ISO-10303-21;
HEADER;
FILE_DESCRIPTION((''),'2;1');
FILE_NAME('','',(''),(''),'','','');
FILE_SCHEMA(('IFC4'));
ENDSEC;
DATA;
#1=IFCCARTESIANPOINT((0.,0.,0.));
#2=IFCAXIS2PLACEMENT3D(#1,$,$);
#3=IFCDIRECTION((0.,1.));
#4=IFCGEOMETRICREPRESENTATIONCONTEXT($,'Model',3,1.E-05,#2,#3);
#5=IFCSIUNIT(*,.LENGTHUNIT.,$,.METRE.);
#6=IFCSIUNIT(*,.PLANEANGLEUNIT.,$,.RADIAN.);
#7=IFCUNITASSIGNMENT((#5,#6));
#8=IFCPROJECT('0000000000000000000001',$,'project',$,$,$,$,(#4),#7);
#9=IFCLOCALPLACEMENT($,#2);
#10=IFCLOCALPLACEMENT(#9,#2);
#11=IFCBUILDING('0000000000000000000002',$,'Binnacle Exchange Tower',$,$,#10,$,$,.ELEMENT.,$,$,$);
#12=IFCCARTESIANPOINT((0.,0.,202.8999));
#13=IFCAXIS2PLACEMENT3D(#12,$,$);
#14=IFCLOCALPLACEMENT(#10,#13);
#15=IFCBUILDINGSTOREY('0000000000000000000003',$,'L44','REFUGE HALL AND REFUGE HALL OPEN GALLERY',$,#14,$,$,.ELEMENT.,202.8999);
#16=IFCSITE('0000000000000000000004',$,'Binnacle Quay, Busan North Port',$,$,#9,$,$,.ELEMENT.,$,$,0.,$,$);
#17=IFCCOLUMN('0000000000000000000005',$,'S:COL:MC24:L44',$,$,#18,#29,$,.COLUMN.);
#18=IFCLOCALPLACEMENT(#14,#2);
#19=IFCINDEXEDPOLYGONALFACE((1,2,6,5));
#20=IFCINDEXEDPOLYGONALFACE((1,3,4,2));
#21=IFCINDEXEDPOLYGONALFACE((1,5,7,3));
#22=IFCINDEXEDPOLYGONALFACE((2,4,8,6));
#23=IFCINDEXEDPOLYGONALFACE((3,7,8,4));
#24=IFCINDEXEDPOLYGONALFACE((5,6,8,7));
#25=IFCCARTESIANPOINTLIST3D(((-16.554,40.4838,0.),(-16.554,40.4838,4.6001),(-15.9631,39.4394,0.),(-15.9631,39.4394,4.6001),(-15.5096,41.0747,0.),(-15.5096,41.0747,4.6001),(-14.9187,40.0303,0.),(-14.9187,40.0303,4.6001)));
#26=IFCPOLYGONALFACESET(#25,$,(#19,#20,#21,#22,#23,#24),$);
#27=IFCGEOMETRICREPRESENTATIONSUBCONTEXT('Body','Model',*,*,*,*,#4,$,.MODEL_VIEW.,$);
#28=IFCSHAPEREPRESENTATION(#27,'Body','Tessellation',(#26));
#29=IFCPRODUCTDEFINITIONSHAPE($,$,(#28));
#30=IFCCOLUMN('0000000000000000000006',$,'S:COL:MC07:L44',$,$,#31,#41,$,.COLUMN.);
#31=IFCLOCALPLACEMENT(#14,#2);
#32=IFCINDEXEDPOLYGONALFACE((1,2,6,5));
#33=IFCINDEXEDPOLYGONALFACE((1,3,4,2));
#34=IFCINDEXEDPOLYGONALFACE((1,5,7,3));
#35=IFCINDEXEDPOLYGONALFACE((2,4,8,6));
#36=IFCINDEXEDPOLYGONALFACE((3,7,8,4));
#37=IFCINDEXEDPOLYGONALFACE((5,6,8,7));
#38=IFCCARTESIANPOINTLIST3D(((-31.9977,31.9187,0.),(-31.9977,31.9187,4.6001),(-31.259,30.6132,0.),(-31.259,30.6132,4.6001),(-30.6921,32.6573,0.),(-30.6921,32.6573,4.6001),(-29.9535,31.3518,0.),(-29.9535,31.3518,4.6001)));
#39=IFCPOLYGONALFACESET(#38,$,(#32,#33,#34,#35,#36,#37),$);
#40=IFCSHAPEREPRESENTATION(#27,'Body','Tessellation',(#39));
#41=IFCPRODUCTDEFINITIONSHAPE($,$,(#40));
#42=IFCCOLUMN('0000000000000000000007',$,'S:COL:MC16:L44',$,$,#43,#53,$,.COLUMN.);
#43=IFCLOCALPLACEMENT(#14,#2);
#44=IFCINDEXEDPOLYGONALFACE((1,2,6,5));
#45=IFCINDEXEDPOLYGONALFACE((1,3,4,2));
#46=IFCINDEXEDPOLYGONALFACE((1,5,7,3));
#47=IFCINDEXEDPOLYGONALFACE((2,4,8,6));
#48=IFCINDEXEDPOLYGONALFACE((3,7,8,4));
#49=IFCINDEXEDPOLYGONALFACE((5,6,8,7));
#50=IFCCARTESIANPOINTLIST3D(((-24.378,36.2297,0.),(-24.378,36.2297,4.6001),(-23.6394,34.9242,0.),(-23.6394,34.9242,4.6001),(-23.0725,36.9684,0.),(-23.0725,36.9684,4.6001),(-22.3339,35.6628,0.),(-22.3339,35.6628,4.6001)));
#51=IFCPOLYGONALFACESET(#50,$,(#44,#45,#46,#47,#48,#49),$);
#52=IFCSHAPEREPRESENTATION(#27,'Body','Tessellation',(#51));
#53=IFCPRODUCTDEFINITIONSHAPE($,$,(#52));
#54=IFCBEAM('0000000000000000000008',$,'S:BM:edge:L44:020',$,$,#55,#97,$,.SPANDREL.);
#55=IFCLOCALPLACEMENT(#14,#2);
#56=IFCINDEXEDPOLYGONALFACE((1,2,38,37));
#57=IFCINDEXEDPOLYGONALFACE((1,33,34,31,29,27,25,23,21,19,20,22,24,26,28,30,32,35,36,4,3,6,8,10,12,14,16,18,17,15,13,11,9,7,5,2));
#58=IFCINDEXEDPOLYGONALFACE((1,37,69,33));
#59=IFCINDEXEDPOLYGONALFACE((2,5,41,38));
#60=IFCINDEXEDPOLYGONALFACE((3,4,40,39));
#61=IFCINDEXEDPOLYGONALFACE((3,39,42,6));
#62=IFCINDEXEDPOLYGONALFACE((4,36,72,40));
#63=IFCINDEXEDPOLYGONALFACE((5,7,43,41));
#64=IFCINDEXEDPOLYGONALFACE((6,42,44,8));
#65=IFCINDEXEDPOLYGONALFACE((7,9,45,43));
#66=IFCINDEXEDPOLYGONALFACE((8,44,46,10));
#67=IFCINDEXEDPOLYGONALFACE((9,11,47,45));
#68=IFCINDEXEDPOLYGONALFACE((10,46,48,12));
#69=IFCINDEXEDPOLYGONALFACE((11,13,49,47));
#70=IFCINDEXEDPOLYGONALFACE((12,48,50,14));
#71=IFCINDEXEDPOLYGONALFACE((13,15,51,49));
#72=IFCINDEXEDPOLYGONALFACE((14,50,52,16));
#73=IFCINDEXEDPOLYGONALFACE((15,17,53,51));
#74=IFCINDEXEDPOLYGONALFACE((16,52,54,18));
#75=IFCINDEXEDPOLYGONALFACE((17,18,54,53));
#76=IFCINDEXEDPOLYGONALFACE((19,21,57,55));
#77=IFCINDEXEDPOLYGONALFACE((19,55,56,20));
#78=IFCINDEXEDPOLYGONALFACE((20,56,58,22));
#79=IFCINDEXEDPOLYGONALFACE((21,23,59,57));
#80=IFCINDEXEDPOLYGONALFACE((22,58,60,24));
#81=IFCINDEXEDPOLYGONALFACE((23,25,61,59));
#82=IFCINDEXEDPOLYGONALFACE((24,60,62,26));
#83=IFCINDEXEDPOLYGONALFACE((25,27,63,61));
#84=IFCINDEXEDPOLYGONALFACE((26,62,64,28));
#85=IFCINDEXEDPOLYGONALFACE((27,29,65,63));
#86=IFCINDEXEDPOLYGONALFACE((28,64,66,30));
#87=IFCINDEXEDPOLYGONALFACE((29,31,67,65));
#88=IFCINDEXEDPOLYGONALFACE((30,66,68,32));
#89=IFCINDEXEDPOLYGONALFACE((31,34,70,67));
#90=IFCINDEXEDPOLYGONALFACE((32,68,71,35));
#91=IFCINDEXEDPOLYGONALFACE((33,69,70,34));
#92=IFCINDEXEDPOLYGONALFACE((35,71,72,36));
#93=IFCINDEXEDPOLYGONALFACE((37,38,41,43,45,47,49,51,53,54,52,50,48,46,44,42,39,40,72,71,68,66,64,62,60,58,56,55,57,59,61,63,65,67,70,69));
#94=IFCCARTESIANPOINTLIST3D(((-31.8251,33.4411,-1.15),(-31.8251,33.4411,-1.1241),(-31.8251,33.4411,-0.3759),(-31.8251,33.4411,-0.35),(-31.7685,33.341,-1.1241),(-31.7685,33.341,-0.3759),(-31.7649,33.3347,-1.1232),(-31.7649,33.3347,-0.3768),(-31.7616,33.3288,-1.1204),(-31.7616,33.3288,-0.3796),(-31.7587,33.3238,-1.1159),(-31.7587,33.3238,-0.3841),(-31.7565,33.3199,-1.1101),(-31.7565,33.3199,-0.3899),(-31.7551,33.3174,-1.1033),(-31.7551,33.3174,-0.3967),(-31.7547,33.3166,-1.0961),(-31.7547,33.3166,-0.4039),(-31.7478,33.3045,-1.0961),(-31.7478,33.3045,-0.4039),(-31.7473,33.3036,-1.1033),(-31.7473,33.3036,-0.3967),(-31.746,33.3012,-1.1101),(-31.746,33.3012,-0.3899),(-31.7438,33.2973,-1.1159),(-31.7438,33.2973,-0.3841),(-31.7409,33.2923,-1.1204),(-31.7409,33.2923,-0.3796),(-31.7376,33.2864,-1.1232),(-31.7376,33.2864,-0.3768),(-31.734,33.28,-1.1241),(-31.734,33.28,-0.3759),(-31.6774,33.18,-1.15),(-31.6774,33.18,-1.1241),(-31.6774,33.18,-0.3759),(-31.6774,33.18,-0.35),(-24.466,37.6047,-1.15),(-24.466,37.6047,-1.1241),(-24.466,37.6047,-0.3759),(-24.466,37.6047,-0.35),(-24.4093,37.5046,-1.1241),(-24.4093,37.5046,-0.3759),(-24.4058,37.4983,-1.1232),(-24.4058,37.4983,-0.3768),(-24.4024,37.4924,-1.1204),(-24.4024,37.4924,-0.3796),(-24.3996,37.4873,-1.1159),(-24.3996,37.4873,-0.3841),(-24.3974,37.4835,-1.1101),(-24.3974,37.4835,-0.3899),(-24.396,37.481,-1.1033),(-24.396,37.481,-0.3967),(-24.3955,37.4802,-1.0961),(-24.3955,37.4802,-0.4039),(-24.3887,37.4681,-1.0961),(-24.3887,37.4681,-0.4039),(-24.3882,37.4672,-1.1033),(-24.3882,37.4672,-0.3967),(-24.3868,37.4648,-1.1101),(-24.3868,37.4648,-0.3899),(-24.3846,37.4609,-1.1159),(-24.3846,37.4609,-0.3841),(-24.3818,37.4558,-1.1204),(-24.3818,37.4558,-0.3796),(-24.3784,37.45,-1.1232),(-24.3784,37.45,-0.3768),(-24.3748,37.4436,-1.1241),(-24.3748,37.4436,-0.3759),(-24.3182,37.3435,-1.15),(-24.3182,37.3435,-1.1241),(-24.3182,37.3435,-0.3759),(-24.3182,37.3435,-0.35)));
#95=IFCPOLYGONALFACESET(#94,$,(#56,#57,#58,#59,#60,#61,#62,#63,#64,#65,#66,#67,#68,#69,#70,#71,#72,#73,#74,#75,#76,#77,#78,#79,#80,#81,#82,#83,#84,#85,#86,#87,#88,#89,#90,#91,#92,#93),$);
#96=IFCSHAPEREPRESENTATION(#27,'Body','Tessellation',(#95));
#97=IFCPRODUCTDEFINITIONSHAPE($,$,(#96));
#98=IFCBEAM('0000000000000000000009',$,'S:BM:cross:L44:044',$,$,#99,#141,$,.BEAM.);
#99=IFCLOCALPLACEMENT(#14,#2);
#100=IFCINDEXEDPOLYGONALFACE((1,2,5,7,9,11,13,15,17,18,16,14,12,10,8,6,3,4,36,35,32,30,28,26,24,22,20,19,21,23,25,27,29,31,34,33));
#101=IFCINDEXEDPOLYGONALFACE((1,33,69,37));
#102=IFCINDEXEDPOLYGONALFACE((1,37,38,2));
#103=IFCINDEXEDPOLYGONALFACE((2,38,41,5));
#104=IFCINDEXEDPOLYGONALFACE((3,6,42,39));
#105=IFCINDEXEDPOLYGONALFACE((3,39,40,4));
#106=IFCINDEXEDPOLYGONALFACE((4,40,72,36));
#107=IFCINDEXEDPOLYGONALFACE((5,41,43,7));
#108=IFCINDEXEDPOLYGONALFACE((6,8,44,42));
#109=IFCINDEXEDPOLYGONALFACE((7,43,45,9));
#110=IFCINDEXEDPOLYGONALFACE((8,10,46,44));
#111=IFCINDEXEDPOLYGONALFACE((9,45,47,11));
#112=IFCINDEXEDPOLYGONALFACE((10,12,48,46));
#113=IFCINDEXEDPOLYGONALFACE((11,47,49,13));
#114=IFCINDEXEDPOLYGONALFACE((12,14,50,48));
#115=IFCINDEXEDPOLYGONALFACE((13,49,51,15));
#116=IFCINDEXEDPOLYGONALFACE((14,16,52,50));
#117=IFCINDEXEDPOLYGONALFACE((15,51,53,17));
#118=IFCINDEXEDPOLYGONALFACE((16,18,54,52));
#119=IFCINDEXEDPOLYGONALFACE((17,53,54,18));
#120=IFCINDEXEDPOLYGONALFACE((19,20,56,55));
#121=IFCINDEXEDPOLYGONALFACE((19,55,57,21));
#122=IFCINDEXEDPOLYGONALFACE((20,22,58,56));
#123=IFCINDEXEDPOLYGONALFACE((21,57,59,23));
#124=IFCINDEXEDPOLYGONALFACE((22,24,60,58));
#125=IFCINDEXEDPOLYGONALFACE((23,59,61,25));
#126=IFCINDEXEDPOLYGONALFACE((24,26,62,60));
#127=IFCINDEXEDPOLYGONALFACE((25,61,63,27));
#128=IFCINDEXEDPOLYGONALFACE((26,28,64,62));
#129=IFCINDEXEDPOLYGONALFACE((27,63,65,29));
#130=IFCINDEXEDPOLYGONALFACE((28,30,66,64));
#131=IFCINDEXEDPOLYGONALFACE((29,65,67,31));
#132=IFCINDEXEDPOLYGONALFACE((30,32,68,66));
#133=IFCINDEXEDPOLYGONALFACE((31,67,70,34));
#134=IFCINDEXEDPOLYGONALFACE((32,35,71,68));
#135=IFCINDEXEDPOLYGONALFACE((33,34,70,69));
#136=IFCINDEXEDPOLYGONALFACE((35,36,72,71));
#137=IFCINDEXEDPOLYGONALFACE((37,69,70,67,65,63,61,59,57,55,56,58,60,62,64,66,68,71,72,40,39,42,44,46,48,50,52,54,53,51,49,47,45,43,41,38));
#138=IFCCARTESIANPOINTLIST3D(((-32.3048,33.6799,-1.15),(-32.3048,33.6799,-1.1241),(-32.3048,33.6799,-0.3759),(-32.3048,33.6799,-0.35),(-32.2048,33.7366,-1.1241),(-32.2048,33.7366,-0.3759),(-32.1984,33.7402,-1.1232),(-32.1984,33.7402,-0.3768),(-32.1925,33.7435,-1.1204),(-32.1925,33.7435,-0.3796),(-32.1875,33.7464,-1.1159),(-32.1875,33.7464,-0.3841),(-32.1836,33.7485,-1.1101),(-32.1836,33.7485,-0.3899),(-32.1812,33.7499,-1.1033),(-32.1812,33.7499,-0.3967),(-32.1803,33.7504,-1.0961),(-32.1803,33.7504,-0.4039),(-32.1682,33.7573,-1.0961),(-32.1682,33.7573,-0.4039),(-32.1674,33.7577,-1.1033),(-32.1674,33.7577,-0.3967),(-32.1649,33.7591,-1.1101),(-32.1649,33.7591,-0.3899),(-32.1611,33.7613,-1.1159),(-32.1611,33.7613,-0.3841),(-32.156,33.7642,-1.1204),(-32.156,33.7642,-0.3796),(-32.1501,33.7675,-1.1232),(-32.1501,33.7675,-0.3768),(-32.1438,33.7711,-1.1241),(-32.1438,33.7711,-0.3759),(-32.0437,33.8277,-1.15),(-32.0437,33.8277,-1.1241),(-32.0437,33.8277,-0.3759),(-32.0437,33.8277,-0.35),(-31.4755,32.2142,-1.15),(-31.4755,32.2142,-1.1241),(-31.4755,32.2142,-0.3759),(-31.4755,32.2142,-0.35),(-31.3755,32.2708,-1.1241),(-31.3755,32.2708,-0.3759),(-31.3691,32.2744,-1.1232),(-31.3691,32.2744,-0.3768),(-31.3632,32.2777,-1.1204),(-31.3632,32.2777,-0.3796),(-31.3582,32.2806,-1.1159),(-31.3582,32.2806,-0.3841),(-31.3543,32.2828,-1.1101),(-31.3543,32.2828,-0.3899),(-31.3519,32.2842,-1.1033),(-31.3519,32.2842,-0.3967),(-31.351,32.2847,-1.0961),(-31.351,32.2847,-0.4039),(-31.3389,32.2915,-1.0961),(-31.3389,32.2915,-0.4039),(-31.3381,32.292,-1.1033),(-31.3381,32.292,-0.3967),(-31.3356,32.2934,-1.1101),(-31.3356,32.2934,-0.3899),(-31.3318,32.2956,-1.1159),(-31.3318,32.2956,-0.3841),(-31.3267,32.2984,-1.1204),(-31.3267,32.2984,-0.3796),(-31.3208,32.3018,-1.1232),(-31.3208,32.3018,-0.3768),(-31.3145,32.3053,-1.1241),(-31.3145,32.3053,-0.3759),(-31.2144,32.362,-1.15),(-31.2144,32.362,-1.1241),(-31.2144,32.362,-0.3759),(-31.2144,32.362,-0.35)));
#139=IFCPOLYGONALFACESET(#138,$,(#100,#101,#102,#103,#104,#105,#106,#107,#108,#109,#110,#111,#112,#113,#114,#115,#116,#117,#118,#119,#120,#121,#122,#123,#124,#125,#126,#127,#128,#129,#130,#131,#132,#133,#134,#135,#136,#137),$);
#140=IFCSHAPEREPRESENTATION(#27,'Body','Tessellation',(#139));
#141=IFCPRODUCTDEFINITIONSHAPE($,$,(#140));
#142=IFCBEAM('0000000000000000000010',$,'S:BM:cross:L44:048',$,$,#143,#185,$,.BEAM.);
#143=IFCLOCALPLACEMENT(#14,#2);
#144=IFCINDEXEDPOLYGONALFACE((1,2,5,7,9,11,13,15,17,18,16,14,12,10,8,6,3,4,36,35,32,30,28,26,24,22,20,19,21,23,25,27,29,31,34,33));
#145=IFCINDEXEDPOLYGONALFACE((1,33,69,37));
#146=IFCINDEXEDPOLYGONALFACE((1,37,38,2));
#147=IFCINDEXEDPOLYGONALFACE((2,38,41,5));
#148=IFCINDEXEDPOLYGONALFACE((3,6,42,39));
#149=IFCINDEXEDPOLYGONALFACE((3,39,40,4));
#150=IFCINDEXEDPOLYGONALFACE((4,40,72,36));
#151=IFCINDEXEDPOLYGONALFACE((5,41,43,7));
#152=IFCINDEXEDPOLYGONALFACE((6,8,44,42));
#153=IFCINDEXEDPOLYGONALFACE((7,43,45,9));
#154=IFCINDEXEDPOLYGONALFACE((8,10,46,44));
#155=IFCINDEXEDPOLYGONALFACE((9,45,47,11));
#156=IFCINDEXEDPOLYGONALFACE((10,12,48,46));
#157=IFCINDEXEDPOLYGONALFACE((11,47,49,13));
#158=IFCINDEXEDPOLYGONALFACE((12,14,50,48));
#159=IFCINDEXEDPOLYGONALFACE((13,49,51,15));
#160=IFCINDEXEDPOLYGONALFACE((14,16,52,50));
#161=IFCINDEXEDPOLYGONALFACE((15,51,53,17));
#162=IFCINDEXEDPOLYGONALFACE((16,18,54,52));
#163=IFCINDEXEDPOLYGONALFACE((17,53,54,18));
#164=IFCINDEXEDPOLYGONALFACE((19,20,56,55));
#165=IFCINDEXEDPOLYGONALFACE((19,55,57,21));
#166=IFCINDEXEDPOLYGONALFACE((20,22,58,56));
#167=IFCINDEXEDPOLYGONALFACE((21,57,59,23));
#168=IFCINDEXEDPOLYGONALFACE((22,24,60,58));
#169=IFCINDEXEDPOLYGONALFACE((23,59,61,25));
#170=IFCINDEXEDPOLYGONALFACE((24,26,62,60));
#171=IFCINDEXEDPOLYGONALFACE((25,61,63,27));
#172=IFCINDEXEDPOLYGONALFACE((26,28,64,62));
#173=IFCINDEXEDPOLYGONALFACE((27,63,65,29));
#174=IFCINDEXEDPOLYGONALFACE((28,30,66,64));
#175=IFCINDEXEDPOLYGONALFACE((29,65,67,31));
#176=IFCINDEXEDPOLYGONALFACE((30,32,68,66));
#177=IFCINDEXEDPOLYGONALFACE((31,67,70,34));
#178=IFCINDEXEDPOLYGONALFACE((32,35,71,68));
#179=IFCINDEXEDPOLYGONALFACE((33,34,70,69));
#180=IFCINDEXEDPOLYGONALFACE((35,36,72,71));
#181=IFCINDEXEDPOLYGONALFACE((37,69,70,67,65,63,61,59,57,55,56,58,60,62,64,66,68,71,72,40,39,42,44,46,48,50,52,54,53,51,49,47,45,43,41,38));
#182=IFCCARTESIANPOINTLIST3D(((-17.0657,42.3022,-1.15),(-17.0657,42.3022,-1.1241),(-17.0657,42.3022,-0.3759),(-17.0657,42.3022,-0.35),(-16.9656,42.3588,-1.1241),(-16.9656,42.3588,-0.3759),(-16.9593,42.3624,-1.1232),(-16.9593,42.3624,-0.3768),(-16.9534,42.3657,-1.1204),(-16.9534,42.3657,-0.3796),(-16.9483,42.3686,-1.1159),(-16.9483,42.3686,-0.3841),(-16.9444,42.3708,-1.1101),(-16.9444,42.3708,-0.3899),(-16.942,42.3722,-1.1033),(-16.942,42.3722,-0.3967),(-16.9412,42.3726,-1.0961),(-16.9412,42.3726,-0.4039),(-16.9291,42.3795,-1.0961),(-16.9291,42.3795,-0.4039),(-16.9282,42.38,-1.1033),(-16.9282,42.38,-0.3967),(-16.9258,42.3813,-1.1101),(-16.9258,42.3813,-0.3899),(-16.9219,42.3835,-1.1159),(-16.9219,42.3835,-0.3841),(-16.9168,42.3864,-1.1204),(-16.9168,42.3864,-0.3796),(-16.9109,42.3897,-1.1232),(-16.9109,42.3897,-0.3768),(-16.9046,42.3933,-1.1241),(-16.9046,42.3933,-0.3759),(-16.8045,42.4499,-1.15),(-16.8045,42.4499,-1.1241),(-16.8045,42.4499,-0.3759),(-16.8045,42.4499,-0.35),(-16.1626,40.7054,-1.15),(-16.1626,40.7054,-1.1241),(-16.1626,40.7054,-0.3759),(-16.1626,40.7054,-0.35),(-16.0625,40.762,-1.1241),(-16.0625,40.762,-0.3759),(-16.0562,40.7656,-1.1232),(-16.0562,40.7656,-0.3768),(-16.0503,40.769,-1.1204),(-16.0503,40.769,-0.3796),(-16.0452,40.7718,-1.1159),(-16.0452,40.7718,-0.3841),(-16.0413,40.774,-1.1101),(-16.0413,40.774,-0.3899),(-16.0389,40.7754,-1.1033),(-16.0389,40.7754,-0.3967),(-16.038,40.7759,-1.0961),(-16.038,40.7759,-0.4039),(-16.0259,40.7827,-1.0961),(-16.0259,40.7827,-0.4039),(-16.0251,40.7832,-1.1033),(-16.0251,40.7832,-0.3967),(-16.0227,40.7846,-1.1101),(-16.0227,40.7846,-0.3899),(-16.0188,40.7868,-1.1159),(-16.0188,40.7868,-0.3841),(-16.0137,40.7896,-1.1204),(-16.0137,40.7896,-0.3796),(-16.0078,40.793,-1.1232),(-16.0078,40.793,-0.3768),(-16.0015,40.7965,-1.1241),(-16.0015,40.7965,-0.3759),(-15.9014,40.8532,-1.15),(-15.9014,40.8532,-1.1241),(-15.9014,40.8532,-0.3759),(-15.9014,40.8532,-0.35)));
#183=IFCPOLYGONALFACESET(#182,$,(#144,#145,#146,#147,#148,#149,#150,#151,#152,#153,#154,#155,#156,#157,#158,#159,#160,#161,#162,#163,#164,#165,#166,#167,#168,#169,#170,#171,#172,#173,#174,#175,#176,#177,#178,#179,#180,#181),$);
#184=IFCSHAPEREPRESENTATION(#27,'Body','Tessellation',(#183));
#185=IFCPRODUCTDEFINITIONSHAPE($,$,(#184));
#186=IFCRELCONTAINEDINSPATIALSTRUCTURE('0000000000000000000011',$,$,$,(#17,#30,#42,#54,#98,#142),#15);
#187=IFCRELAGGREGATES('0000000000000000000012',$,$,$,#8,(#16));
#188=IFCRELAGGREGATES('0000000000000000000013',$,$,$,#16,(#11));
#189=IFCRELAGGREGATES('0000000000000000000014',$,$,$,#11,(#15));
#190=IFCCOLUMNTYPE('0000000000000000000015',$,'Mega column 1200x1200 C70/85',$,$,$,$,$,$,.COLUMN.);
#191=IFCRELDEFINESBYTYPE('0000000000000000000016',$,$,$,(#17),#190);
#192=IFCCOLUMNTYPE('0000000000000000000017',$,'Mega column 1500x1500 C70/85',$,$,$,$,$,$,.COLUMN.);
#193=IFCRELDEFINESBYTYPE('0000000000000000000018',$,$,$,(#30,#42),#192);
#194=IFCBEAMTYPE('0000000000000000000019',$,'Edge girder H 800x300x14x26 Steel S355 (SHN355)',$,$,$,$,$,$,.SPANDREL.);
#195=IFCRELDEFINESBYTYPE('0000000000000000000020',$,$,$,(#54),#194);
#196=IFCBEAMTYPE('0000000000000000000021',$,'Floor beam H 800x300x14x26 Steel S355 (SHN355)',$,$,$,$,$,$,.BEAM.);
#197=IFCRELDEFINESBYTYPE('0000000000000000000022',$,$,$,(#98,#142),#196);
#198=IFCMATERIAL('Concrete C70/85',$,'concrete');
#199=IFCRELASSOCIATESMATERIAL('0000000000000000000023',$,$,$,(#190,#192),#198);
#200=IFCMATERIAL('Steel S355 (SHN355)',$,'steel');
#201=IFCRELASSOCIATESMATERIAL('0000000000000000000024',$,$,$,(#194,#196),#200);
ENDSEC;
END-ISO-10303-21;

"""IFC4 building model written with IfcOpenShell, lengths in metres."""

from ifc_helpers import new_model, si_unit, direction, frame, origin, origin_2d, place, context, subcontext, project, spatial, rectangle, i_section, extrude, material, material_profile, profile_set, type_object, element, save


model = new_model("IFC4")

# Units and contexts
model_context = context("Model", 3, precision=1e-05, world=origin(), true_north=direction((0.0, 1.0)))
body_context = subcontext(model_context, "Body", "Model", "MODEL_VIEW")
ifc_project = project(units=[si_unit("LENGTHUNIT", "METRE"), si_unit("PLANEANGLEUNIT", "RADIAN")], contexts=[model_context])

# Site, building, storey
site_placement = place(None, origin())
site = spatial("IfcSite", under=ifc_project, at=site_placement, Name="Binnacle Quay, Busan North Port", CompositionType="ELEMENT", RefElevation=0.0)
building_placement = place(site_placement, origin())
building = spatial("IfcBuilding", under=site, at=building_placement, Name="Binnacle Exchange Tower", CompositionType="ELEMENT")
storey_placement = place(building_placement, frame((0.0, 0.0, 202.8999)))
storey = spatial("IfcBuildingStorey", under=building, at=storey_placement, Name="L44", Description="REFUGE HALL AND REFUGE HALL OPEN GALLERY", CompositionType="ELEMENT", Elevation=202.8999)

# Columns
ifc_material_1 = material(Name="Concrete C70/85", Category="concrete")
ifc_material_profile_1 = material_profile(ifc_material_1, rectangle(XDim=1.2, YDim=1.2, at=origin_2d()), Name="Mega column 1200x1200 C70/85")
ifc_profile_set_1 = profile_set([ifc_material_profile_1], Name="Concrete C70/85")
column_type_1 = type_object("IfcColumnType", Name="Mega column 1200x1200 C70/85", PredefinedType="COLUMN", material=ifc_profile_set_1)
column_placement = place(storey_placement, frame((-15.7363, 40.2571, 0.0), z_axis=(0.0, 0.0, 1.0), x_axis=(0.870356, 0.492424, 0.0)))
element("IfcColumn", 1, at=column_placement, inside=storey, type_object=column_type_1, Name="S:COL:MC24:L44", PredefinedType="COLUMN", context=body_context, shape_type="SweptSolid", body=[
    extrude(rectangle(XDim=1.2, YDim=1.2, at=origin_2d()), origin(), (0.0, 0.0, 1.0), 4.6001),
])
ifc_material_profile_2 = material_profile(ifc_material_1, rectangle(XDim=1.5, YDim=1.5, at=origin_2d()), Name="Mega column 1500x1500 C70/85")
ifc_profile_set_2 = profile_set([ifc_material_profile_2], Name="Concrete C70/85")
column_type_2 = type_object("IfcColumnType", Name="Mega column 1500x1500 C70/85", PredefinedType="COLUMN", material=ifc_profile_set_2)
for number, where, z_axis, x_axis, name in (
    (2, (-30.9756, 31.6353, 0.0), (0.0, 0.0, 1.0), (0.870356, 0.492424, 0.0), "S:COL:MC07:L44"),
    (3, (-23.356, 35.9463, 0.0), (0.0, 0.0, 1.0), (0.870356, 0.492424, 0.0), "S:COL:MC16:L44"),
):
    element("IfcColumn", number, at=place(storey_placement, frame(where, z_axis=z_axis, x_axis=x_axis)), inside=storey, type_object=column_type_2, Name=name, PredefinedType="COLUMN", context=body_context, shape_type="SweptSolid", body=[
        extrude(rectangle(XDim=1.5, YDim=1.5, at=origin_2d()), origin(), (0.0, 0.0, 1.0), 4.6001),
    ])

# Beams
ifc_material_2 = material(Name="Steel S355 (SHN355)", Category="steel")
ifc_material_profile_3 = material_profile(ifc_material_2, i_section(OverallWidth=0.3, OverallDepth=0.8, WebThickness=0.0139, FlangeThickness=0.0259, FilletRadius=0.0281, at=origin_2d()), Name="H 800x300x14x26")
ifc_profile_set_3 = profile_set([ifc_material_profile_3], Name="Steel S355 (SHN355)")
beam_type_1 = type_object("IfcBeamType", Name="Edge girder H 800x300x14x26 Steel S355 (SHN355)", PredefinedType="SPANDREL", material=ifc_profile_set_3)
beam_1_placement = place(storey_placement, frame((-24.3921, 37.4741, -0.75), z_axis=(-0.870357, -0.492422, 0.0), x_axis=(0.492422, -0.870357, 0.0)))
element("IfcBeam", 4, at=beam_1_placement, inside=storey, type_object=beam_type_1, Name="S:BM:edge:L44:020", PredefinedType="SPANDREL", context=body_context, shape_type="SweptSolid", body=[
    extrude(i_section(OverallWidth=0.3, OverallDepth=0.8, WebThickness=0.0139, FlangeThickness=0.0259, FilletRadius=0.0281, at=origin_2d()), origin(), (0.0, 0.0, 1.0), 8.4553),
])
ifc_material_profile_4 = material_profile(ifc_material_2, i_section(OverallWidth=0.3, OverallDepth=0.8, WebThickness=0.0139, FlangeThickness=0.0259, FilletRadius=0.0281, at=origin_2d()), Name="H 800x300x14x26")
ifc_profile_set_4 = profile_set([ifc_material_profile_4], Name="Steel S355 (SHN355)")
beam_type_2 = type_object("IfcBeamType", Name="Floor beam H 800x300x14x26 Steel S355 (SHN355)", PredefinedType="BEAM", material=ifc_profile_set_4)
beam_2_placement = place(storey_placement, frame((-31.345, 32.2881, -0.75), z_axis=(-0.492435, 0.870349, 0.0), x_axis=(-0.870349, -0.492435, 0.0)))
element("IfcBeam", 5, at=beam_2_placement, inside=storey, type_object=beam_type_2, Name="S:BM:cross:L44:044", PredefinedType="BEAM", context=body_context, shape_type="SweptSolid", body=[
    extrude(i_section(OverallWidth=0.3, OverallDepth=0.8, WebThickness=0.0139, FlangeThickness=0.0259, FilletRadius=0.0281, at=origin_2d()), origin(), (0.0, 0.0, 1.0), 1.6841),
])
beam_3_placement = place(storey_placement, frame((-16.032, 40.7793, -0.75), z_axis=(-0.492307, 0.870422, 0.0), x_axis=(-0.870422, -0.492307, 0.0)))
element("IfcBeam", 6, at=beam_3_placement, inside=storey, type_object=beam_type_2, Name="S:BM:cross:L44:048", PredefinedType="BEAM", context=body_context, shape_type="SweptSolid", body=[
    extrude(i_section(OverallWidth=0.3, OverallDepth=0.8, WebThickness=0.0139, FlangeThickness=0.0259, FilletRadius=0.0281, at=origin_2d()), origin(), (0.0, 0.0, 1.0), 1.8345),
])

save(model, "model.ifc")
